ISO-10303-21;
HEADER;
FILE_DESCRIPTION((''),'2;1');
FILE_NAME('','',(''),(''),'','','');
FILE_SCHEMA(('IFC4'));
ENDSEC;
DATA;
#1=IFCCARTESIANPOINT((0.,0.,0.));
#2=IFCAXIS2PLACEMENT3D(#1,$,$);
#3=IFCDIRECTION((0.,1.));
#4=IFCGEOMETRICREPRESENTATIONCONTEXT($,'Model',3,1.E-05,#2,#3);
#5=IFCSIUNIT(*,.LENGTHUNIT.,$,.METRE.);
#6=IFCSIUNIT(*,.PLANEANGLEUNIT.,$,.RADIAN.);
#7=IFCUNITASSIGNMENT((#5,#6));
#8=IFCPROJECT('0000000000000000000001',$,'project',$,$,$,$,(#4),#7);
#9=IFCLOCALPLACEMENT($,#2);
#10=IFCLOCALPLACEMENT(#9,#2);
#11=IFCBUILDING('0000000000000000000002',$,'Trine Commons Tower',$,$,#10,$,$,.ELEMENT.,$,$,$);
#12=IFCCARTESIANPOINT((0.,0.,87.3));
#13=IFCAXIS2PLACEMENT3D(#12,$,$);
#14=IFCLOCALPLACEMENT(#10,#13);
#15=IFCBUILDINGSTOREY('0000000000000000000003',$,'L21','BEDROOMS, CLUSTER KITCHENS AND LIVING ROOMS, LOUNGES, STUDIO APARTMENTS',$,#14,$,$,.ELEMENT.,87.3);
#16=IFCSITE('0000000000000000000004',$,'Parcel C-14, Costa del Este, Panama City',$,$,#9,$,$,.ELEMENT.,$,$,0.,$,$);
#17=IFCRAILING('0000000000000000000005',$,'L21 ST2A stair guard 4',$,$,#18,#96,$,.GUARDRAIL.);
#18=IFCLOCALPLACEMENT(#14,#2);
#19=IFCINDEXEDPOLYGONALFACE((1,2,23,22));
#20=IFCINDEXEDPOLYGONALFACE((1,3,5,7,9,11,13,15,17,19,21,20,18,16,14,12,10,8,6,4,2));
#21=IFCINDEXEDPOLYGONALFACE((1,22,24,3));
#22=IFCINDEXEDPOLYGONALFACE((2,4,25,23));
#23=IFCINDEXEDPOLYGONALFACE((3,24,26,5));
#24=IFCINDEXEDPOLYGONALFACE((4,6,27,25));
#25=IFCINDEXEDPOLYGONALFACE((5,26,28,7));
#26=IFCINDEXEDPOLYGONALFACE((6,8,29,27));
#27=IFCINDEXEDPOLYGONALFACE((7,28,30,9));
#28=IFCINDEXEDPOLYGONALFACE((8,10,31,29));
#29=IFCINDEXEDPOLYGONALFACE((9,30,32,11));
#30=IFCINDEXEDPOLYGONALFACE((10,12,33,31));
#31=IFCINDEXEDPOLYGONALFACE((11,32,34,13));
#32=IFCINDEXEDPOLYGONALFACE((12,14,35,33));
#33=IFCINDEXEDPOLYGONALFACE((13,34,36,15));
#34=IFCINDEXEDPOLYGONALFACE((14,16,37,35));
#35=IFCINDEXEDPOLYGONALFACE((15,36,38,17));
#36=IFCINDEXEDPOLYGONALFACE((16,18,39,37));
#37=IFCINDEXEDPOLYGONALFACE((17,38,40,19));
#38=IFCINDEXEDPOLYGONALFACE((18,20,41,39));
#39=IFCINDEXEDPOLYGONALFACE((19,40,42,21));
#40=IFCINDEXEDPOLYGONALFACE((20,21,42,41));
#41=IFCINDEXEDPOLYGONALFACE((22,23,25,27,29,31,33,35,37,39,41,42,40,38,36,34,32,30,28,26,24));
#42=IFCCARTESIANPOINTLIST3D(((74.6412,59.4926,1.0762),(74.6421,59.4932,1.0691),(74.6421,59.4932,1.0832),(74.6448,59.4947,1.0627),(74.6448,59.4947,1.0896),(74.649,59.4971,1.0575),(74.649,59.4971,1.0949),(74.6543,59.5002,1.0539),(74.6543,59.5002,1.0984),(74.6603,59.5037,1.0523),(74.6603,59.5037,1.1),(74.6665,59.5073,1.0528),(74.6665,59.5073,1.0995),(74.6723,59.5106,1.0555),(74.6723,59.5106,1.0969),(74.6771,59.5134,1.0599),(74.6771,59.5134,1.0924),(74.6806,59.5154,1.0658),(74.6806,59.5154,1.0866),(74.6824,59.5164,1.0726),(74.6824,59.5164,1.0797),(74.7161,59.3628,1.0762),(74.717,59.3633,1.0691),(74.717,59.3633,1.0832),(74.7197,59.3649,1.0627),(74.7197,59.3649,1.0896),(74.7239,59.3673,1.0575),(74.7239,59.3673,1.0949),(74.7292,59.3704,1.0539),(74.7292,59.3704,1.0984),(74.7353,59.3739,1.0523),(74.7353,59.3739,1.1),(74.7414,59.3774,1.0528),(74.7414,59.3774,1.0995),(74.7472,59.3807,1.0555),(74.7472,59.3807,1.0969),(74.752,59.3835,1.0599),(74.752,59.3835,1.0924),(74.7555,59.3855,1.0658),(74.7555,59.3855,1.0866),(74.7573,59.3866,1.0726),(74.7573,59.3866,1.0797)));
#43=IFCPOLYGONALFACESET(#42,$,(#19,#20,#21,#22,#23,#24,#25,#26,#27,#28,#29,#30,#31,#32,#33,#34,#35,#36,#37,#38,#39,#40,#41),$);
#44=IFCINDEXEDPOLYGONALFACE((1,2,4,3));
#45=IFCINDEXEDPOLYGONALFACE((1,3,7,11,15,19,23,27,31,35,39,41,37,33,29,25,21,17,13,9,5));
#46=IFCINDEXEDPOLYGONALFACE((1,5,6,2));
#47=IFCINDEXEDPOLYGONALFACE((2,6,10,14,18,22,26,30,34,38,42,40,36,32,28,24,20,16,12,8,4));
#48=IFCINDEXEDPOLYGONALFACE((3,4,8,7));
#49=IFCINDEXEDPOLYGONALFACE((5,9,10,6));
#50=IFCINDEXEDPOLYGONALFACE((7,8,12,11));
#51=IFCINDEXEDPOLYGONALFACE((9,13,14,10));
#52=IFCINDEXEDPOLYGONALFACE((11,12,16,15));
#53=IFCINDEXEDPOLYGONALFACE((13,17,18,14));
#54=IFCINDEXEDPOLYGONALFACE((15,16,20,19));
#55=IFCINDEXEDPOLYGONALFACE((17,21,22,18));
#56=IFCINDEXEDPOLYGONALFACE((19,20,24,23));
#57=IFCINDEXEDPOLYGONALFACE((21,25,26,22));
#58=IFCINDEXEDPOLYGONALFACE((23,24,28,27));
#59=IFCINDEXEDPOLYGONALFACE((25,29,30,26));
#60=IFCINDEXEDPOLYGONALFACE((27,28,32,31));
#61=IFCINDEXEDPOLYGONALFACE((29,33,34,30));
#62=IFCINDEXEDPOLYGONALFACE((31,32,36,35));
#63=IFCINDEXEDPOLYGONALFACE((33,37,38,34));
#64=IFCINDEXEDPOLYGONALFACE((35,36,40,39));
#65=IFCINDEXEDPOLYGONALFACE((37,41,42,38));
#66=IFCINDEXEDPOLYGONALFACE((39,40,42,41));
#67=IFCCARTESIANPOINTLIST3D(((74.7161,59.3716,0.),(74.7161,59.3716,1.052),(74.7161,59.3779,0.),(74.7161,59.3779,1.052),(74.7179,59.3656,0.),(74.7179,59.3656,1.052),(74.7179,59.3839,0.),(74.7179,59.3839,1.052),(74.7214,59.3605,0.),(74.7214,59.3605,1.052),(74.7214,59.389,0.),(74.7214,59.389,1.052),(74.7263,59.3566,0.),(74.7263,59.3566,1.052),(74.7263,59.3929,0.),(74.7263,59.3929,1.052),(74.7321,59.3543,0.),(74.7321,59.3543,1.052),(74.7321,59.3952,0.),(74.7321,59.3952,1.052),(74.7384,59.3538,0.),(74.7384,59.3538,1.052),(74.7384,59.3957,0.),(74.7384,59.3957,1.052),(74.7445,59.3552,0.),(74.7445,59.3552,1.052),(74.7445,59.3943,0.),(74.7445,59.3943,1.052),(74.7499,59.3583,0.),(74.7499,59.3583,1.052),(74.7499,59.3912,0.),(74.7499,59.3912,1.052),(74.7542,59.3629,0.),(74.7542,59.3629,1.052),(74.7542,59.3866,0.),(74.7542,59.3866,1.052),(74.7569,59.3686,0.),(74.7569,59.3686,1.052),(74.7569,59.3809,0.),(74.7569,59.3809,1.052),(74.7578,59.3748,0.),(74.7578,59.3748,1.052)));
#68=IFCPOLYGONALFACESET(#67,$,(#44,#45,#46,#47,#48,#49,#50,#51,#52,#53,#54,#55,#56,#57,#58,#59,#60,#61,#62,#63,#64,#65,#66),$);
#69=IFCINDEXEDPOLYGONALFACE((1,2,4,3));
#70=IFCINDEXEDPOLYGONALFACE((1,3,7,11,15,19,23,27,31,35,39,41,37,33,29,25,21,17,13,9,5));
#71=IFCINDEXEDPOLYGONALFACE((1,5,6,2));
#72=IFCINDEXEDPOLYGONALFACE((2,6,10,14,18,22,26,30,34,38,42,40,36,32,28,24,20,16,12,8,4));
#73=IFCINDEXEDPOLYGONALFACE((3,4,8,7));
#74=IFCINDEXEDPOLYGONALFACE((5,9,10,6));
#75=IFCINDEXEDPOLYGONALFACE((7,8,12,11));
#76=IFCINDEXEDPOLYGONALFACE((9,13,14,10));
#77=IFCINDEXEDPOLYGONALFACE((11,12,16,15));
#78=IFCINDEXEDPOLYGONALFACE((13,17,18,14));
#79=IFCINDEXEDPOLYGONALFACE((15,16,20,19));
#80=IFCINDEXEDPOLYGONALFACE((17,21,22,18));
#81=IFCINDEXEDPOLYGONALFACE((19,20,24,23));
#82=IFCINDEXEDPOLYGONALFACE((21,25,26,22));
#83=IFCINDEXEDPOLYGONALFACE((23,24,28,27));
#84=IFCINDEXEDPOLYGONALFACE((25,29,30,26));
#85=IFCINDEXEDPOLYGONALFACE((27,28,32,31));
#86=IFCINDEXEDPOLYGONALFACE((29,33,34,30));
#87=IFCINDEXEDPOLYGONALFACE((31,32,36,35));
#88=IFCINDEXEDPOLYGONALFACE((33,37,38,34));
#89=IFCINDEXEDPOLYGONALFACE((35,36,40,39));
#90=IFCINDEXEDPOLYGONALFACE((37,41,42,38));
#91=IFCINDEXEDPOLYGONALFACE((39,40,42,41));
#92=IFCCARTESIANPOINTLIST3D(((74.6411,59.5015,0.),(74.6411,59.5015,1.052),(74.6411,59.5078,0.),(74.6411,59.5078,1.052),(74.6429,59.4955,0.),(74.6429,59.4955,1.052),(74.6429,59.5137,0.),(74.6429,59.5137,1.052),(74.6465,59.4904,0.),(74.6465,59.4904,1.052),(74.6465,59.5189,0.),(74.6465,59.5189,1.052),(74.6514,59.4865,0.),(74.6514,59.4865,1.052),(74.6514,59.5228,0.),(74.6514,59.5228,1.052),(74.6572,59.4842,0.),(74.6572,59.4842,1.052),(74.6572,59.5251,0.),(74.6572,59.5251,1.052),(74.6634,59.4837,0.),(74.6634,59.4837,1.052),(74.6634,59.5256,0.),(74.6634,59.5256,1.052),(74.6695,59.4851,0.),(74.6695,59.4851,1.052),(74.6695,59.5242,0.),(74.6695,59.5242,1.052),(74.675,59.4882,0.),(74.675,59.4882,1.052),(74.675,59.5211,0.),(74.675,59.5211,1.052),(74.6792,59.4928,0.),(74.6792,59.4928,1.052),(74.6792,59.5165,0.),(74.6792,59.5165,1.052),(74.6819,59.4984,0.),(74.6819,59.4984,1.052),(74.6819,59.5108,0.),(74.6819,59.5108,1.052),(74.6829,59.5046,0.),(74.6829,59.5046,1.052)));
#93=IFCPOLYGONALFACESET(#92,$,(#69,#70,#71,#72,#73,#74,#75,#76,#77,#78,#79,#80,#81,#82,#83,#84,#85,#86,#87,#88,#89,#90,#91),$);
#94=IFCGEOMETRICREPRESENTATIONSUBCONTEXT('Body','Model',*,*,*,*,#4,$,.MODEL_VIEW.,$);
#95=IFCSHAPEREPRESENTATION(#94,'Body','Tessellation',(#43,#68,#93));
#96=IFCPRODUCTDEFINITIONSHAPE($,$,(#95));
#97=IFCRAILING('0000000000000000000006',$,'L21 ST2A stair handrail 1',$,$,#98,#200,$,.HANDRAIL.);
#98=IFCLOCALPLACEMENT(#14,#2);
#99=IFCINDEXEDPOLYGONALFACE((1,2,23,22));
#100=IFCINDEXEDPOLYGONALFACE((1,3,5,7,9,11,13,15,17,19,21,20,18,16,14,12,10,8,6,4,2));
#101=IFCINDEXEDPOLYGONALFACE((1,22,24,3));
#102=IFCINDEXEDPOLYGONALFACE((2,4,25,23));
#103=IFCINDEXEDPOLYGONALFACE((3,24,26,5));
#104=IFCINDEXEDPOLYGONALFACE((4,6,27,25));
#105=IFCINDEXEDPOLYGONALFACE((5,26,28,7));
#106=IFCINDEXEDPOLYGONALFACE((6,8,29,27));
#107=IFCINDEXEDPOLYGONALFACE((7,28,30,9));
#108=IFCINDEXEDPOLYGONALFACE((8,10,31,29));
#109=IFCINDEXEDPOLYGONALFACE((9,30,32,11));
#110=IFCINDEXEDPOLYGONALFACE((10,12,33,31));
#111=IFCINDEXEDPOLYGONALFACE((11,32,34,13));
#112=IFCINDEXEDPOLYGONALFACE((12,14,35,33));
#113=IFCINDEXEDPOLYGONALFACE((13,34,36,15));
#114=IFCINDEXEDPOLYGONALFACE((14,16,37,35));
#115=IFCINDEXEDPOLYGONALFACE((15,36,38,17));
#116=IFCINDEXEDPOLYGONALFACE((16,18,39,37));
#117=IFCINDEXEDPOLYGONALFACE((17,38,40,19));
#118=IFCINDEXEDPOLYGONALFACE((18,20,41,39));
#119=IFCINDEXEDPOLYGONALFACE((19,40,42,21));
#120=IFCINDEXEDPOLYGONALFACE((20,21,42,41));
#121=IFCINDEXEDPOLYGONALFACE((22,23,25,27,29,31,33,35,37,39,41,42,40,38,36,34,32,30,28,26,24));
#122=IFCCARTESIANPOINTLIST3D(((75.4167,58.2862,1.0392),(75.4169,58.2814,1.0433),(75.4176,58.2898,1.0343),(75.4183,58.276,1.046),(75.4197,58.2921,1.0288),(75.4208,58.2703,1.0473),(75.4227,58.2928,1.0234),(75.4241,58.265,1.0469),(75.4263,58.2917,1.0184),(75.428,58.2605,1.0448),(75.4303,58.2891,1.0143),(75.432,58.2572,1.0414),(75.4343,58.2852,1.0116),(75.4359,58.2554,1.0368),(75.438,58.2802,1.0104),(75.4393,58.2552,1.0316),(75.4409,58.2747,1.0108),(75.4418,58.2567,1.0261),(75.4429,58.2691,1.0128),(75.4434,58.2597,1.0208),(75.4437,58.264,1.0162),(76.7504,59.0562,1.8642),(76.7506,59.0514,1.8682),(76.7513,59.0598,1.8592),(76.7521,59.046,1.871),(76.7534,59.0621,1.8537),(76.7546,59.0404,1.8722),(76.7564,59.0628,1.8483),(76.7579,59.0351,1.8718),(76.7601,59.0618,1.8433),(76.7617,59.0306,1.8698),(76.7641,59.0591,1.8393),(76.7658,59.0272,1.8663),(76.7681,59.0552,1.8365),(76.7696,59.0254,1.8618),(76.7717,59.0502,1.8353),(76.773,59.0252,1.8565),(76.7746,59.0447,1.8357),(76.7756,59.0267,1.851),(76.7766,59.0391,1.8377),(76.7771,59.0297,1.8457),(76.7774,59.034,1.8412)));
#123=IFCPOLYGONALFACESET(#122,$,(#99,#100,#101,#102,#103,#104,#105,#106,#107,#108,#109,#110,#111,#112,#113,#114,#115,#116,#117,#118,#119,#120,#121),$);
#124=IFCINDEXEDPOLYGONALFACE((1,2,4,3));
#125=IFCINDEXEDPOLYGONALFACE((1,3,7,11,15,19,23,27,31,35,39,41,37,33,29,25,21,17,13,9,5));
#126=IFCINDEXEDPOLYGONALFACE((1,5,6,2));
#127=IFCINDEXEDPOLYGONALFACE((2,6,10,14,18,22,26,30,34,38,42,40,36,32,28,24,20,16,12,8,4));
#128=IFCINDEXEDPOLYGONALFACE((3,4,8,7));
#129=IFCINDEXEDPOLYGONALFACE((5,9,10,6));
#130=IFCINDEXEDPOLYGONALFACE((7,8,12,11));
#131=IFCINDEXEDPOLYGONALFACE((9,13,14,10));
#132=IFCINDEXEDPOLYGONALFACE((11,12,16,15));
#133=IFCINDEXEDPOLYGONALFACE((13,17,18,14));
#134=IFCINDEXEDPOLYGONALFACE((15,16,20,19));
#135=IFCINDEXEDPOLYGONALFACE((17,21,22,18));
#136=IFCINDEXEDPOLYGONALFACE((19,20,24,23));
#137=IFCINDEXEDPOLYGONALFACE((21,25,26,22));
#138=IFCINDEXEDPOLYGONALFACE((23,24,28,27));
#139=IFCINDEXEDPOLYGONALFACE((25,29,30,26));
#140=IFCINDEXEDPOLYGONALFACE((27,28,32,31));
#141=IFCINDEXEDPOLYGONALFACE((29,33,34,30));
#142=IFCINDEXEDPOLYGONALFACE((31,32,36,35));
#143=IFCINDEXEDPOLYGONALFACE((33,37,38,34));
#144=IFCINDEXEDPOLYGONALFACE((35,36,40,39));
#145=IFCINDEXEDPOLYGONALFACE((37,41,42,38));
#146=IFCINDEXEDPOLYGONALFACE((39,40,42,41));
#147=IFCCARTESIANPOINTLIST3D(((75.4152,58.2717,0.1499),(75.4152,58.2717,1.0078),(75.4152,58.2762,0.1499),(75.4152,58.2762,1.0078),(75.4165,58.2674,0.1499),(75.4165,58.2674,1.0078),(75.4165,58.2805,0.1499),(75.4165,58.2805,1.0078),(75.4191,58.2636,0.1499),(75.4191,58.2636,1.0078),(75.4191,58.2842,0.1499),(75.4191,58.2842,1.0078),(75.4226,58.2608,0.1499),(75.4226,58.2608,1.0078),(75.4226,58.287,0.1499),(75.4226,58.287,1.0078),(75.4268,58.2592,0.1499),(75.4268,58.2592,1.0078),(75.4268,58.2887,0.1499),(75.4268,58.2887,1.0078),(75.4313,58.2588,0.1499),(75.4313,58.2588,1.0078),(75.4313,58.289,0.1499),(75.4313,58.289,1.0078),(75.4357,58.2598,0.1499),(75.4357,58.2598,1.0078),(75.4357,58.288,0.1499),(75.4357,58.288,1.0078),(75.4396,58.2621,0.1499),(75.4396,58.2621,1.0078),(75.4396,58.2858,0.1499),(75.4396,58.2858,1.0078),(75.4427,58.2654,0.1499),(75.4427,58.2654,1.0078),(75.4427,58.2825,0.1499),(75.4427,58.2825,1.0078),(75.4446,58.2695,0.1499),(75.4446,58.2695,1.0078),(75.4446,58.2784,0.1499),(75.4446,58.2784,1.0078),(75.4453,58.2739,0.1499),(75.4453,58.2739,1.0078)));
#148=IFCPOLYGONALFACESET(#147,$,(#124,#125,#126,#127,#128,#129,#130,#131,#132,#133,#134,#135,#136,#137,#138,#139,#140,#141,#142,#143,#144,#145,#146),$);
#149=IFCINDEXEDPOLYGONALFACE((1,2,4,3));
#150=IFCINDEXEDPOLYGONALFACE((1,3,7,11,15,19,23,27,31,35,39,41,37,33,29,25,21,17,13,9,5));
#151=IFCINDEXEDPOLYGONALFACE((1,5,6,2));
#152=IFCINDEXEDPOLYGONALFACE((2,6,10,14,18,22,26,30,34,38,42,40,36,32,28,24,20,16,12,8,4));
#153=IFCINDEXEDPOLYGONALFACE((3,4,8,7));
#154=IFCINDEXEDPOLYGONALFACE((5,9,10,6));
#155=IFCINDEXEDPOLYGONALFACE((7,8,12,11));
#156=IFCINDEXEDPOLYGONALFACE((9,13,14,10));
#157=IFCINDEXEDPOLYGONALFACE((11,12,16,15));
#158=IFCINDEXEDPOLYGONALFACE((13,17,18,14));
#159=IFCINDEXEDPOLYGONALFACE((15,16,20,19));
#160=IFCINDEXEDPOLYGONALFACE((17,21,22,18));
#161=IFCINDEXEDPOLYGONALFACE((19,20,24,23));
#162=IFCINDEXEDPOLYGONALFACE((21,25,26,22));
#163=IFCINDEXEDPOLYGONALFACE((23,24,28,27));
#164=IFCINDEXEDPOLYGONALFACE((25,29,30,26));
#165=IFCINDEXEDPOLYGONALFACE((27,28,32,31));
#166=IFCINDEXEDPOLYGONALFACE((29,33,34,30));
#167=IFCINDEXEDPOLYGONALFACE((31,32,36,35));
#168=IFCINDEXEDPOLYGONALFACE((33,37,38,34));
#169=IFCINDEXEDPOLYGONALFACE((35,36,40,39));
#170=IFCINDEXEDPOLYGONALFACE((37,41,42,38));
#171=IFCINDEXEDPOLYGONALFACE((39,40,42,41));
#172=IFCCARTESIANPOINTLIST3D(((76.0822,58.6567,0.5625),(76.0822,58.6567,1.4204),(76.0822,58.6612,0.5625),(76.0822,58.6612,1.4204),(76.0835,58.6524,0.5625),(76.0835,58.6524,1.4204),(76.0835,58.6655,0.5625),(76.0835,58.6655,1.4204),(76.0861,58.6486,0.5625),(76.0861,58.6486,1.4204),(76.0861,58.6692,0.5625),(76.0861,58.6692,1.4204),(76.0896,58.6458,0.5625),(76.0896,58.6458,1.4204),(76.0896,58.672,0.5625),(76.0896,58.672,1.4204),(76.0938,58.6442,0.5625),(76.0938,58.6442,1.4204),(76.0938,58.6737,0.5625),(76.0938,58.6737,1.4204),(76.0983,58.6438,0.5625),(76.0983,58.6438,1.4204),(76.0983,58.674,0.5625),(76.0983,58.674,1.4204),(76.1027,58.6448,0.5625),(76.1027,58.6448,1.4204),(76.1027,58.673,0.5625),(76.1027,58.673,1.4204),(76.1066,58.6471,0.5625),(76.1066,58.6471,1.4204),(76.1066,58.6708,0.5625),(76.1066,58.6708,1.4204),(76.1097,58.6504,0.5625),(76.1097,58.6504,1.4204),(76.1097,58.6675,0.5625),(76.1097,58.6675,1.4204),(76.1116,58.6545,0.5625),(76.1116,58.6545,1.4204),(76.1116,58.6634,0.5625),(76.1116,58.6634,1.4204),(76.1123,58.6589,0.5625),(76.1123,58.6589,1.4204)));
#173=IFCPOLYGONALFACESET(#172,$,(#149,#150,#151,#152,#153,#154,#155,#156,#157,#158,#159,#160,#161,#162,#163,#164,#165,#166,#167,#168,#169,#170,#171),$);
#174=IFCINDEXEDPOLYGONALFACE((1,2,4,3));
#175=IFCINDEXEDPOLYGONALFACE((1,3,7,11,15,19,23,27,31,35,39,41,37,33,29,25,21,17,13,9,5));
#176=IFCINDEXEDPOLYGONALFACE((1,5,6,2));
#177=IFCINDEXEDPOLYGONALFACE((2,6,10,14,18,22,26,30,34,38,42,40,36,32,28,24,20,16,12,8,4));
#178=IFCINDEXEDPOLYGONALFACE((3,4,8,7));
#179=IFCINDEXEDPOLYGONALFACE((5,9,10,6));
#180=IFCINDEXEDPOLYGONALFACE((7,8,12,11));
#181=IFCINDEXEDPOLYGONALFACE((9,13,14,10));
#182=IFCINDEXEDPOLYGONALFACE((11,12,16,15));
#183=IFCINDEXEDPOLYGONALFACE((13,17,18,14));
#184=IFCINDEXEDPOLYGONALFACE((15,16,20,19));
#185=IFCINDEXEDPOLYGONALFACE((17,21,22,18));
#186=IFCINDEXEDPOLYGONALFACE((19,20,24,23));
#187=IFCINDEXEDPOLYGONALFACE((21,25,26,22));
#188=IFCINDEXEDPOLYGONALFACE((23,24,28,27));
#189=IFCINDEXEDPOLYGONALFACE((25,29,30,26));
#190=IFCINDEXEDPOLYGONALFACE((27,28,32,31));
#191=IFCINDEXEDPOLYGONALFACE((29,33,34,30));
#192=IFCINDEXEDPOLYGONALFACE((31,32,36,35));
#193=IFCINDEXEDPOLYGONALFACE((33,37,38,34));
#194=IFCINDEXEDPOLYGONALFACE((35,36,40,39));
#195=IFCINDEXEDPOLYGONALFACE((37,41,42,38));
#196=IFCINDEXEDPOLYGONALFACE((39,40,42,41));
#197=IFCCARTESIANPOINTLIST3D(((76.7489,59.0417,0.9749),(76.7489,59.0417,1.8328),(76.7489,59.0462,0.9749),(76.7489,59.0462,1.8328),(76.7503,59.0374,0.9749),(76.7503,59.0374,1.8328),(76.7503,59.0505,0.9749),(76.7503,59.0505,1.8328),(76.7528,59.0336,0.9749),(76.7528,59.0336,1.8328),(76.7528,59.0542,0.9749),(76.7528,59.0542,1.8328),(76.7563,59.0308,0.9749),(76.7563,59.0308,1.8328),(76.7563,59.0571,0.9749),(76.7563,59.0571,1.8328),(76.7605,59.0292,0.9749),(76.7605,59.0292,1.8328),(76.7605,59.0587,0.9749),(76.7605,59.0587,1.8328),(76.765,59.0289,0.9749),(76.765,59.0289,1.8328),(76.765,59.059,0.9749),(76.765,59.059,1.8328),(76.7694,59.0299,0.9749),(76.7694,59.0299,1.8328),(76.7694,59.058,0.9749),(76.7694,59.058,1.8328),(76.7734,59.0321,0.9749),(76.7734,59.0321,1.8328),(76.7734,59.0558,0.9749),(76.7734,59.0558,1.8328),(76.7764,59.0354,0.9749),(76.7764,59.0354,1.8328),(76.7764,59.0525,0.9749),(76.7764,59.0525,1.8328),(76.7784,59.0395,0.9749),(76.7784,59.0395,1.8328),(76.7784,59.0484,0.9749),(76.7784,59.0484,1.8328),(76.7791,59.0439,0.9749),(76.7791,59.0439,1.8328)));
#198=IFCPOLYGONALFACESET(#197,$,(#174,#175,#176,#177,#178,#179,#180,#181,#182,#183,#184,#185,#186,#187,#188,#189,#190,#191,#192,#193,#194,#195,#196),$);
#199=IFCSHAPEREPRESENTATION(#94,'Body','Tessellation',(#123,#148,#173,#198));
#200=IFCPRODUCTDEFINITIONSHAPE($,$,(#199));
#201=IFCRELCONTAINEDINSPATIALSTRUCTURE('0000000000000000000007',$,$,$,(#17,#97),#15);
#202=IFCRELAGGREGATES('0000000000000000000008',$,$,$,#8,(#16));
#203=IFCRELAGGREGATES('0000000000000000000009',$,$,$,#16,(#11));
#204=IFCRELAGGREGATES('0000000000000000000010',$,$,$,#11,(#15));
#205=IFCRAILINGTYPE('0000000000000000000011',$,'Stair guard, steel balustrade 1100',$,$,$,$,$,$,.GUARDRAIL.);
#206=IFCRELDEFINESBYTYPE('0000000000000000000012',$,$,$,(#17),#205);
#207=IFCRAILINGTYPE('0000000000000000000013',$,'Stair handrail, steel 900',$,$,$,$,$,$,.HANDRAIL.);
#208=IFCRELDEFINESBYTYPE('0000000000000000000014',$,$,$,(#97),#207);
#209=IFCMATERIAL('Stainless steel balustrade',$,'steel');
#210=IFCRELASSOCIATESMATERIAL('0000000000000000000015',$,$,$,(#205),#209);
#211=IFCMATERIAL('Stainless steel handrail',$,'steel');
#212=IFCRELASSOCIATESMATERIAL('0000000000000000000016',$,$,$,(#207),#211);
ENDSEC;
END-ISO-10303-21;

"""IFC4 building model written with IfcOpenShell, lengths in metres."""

from ifc_helpers import new_model, si_unit, direction, frame, origin, origin_2d, place, context, subcontext, project, spatial, circle, extrude, material, type_object, element, save


model = new_model("IFC4")

# Units and contexts
model_context = context("Model", 3, precision=1e-05, world=origin(), true_north=direction((0.0, 1.0)))
body_context = subcontext(model_context, "Body", "Model", "MODEL_VIEW")
ifc_project = project(units=[si_unit("LENGTHUNIT", "METRE"), si_unit("PLANEANGLEUNIT", "RADIAN")], contexts=[model_context])

# Site, building, storey
site_placement = place(None, origin())
site = spatial("IfcSite", under=ifc_project, at=site_placement, Name="Parcel C-14, Costa del Este, Panama City", CompositionType="ELEMENT", RefElevation=0.0)
building_placement = place(site_placement, origin())
building = spatial("IfcBuilding", under=site, at=building_placement, Name="Trine Commons Tower", CompositionType="ELEMENT")
storey_placement = place(building_placement, frame((0.0, 0.0, 87.3)))
storey = spatial("IfcBuildingStorey", under=building, at=storey_placement, Name="L21", Description="BEDROOMS, CLUSTER KITCHENS AND LIVING ROOMS, LOUNGES, STUDIO APARTMENTS", CompositionType="ELEMENT", Elevation=87.3)

# Railings
ifc_material_1 = material(Name="Stainless steel balustrade", Category="steel")
railing_type_1 = type_object("IfcRailingType", Name="Stair guard, steel balustrade 1100", PredefinedType="GUARDRAIL", material=ifc_material_1)
railing_1_placement = place(storey_placement, frame((74.7368, 59.3748, 0.0)))
element("IfcRailing", 1, at=railing_1_placement, inside=storey, type_object=railing_type_1, Name="L21 ST2A stair guard 4", PredefinedType="GUARDRAIL", context=body_context, shape_type="SweptSolid", body=[
    extrude(circle(Radius=0.0239, at=origin_2d()), frame((0.0, 0.0, 1.0762), z_axis=(-0.499816, 0.866131, 0.0), x_axis=(-0.866131, -0.499816, 0.0)), (0.0, 0.0, 1.0), 0.1499),
    extrude(circle(Radius=0.021, at=origin_2d()), origin(), (0.0, 0.0, 1.0), 1.052),
    extrude(circle(Radius=0.021, at=origin_2d()), frame((-0.075, 0.1299, 0.0)), (0.0, 0.0, 1.0), 1.052),
])
ifc_material_2 = material(Name="Stainless steel handrail", Category="steel")
railing_type_2 = type_object("IfcRailingType", Name="Stair handrail, steel 900", PredefinedType="HANDRAIL", material=ifc_material_2)
railing_2_placement = place(storey_placement, frame((75.4302, 58.2739, 0.1499)))
element("IfcRailing", 2, at=railing_2_placement, inside=storey, type_object=railing_type_2, Name="L21 ST2A stair handrail 1", PredefinedType="HANDRAIL", context=body_context, shape_type="SweptSolid", body=[
    extrude(circle(Radius=0.021, at=origin_2d()), frame((0.0, 0.0, 0.8789), z_axis=(0.763405, 0.440743, 0.472185), x_axis=(-0.499992, 0.86603, 0.0)), (0.0, 0.0, 1.0), 1.7471),
    extrude(circle(Radius=0.0151, at=origin_2d()), origin(), (0.0, 0.0, 1.0), 0.8579),
    extrude(circle(Radius=0.0151, at=origin_2d()), frame((0.667, 0.385, 0.4126)), (0.0, 0.0, 1.0), 0.8579),
    extrude(circle(Radius=0.0151, at=origin_2d()), frame((1.3337, 0.77, 0.825)), (0.0, 0.0, 1.0), 0.8579),
])

save(model, "model.ifc")
